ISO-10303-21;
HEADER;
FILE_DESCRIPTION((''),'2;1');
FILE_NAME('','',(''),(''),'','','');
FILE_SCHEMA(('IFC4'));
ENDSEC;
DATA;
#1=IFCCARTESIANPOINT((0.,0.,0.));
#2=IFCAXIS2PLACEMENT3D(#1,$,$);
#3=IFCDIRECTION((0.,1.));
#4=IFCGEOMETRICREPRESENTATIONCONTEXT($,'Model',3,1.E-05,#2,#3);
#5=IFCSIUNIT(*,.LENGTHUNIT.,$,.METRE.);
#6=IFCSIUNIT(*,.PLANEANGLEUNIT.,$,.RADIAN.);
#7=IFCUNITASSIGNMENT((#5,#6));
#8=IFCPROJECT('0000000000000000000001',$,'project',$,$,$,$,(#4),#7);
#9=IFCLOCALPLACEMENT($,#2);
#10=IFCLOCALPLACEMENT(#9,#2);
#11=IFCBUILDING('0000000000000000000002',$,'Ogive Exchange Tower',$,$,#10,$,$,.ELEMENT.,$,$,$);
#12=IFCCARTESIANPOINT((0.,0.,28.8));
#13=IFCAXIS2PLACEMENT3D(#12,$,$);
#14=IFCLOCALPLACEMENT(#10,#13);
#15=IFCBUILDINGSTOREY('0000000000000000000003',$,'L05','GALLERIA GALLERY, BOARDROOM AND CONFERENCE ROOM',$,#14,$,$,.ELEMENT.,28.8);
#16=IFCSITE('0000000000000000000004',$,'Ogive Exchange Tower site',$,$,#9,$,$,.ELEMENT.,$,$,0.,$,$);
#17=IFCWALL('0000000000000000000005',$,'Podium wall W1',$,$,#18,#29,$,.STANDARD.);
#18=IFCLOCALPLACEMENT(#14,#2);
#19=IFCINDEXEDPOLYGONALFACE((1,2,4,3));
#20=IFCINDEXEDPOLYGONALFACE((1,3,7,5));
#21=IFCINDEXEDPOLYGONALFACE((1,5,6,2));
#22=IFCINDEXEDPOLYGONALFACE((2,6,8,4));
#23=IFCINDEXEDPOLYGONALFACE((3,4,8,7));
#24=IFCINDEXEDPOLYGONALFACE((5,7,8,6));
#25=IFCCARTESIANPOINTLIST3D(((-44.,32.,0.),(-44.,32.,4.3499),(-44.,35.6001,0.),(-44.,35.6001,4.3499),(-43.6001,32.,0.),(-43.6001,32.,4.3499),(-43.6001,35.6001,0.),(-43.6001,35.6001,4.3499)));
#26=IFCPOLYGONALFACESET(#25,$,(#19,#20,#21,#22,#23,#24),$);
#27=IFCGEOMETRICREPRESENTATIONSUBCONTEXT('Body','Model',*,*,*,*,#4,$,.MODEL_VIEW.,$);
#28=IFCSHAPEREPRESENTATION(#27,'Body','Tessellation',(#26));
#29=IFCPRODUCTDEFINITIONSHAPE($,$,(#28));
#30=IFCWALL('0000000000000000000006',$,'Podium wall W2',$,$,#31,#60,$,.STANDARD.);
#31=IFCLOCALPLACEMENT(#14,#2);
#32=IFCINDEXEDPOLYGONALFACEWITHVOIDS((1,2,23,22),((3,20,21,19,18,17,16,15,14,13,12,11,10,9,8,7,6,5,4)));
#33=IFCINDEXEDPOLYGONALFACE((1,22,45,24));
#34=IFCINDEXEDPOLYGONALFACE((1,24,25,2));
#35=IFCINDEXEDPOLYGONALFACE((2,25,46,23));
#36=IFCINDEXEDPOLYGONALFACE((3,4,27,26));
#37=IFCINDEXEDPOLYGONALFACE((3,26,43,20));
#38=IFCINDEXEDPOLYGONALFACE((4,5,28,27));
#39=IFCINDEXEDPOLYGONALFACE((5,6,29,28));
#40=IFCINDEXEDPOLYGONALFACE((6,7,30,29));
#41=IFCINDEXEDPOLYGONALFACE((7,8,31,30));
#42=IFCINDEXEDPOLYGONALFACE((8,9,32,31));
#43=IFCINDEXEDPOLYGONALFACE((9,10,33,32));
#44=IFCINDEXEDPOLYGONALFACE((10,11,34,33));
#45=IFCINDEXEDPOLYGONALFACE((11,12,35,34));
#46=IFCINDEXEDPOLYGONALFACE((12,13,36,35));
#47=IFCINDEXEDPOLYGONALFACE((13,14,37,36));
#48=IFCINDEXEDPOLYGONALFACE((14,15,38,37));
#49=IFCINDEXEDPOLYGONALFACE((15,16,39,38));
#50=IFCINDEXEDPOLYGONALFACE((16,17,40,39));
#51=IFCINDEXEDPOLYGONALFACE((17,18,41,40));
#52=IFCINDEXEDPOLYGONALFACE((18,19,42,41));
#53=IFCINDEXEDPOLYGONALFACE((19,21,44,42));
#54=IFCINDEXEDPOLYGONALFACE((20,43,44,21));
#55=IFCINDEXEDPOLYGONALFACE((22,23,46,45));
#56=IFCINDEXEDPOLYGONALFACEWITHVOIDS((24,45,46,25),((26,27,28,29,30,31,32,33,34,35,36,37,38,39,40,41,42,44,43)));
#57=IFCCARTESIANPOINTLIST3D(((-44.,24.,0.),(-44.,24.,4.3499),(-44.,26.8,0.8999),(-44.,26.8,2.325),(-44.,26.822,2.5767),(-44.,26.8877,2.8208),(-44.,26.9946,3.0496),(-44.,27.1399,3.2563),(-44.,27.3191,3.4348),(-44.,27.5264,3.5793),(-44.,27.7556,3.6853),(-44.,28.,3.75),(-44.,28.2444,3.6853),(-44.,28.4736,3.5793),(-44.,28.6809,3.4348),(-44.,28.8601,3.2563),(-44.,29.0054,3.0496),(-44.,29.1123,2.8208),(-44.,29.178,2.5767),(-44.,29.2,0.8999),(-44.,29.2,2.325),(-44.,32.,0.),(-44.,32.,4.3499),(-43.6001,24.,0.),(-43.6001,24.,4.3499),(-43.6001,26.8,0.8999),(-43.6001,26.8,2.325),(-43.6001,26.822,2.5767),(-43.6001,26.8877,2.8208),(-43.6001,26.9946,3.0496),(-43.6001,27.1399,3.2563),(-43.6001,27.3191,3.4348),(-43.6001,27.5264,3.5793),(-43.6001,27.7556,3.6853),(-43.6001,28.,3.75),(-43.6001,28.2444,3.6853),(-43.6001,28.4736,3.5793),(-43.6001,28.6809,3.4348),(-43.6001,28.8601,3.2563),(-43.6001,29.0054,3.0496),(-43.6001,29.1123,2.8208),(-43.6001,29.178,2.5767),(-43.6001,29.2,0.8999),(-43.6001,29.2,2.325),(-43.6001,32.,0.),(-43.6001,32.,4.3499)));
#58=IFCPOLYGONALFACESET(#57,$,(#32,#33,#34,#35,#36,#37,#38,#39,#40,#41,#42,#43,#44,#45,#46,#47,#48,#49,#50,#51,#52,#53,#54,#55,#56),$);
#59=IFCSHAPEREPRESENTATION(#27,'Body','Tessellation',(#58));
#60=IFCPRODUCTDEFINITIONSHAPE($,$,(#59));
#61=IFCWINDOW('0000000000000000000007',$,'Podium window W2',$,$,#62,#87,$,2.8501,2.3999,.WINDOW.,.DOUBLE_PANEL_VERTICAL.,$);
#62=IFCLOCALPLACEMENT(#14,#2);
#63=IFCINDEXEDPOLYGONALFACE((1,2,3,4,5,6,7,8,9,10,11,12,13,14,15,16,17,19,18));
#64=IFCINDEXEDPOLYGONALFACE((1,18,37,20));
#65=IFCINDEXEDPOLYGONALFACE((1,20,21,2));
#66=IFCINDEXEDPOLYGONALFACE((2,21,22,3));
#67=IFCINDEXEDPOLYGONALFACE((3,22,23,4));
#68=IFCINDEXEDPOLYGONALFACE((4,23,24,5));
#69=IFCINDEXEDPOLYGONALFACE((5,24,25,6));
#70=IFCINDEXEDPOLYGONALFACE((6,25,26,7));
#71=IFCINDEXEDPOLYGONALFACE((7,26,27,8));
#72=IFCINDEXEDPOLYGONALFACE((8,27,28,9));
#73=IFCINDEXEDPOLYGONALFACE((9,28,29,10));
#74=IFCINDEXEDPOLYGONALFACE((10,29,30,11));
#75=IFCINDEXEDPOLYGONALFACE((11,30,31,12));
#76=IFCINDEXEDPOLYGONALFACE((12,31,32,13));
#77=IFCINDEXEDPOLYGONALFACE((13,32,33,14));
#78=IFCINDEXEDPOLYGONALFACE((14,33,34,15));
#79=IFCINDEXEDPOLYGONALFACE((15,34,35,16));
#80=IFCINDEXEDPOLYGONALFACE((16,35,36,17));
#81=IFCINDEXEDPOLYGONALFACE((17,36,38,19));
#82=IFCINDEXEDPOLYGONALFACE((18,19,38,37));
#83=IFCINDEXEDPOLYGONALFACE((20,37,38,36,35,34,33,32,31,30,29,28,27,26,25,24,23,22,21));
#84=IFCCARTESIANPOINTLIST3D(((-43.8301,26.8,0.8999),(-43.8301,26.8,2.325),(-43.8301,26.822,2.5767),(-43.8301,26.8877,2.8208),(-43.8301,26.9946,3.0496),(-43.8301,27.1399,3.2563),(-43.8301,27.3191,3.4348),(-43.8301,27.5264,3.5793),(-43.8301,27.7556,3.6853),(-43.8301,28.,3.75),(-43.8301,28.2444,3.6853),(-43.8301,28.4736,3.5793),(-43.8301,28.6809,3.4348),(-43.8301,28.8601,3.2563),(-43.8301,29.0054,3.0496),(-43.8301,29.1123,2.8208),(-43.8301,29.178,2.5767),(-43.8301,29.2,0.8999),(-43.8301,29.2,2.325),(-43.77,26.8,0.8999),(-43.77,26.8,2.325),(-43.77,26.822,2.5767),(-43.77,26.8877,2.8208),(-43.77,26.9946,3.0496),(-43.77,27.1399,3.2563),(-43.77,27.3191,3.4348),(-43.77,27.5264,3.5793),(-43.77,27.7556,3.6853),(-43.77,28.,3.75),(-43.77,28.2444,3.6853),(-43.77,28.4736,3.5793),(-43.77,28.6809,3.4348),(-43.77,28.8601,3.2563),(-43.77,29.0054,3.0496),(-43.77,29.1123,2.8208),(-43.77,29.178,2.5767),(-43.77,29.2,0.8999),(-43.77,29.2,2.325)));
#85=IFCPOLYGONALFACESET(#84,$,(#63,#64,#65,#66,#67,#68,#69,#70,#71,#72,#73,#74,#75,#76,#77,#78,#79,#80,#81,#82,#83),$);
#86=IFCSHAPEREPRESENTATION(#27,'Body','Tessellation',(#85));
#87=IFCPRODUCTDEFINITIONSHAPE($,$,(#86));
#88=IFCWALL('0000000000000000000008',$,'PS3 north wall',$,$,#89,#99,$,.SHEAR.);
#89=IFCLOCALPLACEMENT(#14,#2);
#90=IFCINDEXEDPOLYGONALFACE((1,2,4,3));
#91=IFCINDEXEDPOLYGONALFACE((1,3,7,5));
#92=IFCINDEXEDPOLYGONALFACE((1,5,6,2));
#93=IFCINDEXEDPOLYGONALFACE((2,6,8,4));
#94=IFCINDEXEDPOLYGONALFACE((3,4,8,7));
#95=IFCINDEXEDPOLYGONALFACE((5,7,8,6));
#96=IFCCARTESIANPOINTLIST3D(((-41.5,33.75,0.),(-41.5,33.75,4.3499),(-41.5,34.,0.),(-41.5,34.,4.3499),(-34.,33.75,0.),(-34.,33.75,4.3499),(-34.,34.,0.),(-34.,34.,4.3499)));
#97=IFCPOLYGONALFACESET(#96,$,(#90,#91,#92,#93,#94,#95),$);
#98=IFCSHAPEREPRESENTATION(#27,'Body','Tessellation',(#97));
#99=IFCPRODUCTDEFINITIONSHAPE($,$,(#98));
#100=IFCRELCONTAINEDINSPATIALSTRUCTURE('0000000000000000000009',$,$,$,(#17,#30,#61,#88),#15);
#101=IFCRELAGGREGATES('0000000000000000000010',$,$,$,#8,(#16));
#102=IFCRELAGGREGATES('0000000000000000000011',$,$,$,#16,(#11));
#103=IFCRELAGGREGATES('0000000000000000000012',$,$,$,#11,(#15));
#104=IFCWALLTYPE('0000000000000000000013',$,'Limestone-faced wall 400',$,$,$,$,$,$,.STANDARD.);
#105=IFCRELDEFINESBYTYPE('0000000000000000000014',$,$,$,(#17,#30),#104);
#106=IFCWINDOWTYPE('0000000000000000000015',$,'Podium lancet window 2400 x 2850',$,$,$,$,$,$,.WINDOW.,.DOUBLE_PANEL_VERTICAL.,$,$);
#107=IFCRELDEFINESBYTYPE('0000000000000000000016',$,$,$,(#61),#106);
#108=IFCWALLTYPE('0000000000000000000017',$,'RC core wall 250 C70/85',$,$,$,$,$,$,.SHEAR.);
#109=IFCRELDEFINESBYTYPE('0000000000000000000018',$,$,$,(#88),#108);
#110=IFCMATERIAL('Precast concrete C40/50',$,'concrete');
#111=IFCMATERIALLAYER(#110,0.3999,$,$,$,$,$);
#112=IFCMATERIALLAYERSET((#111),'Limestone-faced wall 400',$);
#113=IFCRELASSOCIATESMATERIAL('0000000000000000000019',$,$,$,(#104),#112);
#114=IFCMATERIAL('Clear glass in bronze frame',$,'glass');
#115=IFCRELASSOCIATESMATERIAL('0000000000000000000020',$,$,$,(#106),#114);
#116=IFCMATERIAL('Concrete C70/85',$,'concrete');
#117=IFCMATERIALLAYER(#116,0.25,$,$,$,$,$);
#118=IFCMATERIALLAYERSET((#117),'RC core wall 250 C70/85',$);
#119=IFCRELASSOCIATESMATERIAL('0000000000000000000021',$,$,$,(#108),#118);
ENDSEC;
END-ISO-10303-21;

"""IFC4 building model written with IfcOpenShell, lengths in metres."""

from ifc_helpers import new_model, si_unit, direction, frame, frame_2d, origin, place, context, subcontext, project, spatial, polyline, rectangle, outline, extrude, material, layer, layer_set, type_object, element, fill, save


model = new_model("IFC4")

# Units and contexts
model_context = context("Model", 3, precision=1e-05, world=origin(), true_north=direction((0.0, 1.0)))
body_context = subcontext(model_context, "Body", "Model", "MODEL_VIEW")
ifc_project = project(units=[si_unit("LENGTHUNIT", "METRE"), si_unit("PLANEANGLEUNIT", "RADIAN")], contexts=[model_context])

# Site, building, storey
site_placement = place(None, origin())
site = spatial("IfcSite", under=ifc_project, at=site_placement, Name="Ogive Exchange Tower site", CompositionType="ELEMENT", RefElevation=0.0)
building_placement = place(site_placement, origin())
building = spatial("IfcBuilding", under=site, at=building_placement, Name="Ogive Exchange Tower", CompositionType="ELEMENT")
storey_placement = place(building_placement, frame((0.0, 0.0, 28.8)))
storey = spatial("IfcBuildingStorey", under=building, at=storey_placement, Name="L05", Description="GALLERIA GALLERY, BOARDROOM AND CONFERENCE ROOM", CompositionType="ELEMENT", Elevation=28.8)

# Shared definitions
ifc_material_1 = material(Name="Concrete C70/85", Category="concrete")

# Shared definitions
ifc_material_2 = material(Name="Precast concrete C40/50", Category="concrete")
ifc_layer_1 = layer(ifc_material_2, 0.3999)
ifc_layer_set_1 = layer_set([ifc_layer_1], Name="Limestone-faced wall 400")
wall_type_1 = type_object("IfcWallType", Name="Limestone-faced wall 400", PredefinedType="STANDARD", material=ifc_layer_set_1)
ifc_material_3 = material(Name="Clear glass in bronze frame", Category="glass")

# Wall
wall_1_placement = place(storey_placement, frame((-43.8, 35.6001, 0.0), z_axis=(0.0, 0.0, 1.0), x_axis=(0.0, -1.0, 0.0)))
element("IfcWall", 1, at=wall_1_placement, inside=storey, type_object=wall_type_1, Name="Podium wall W1", PredefinedType="STANDARD", context=body_context, shape_type="SweptSolid", body=[
    extrude(rectangle(XDim=3.6001, YDim=0.3999, at=frame_2d((1.8, 0.0))), origin(), (0.0, 0.0, 1.0), 4.3499),
])

# Wall, opening, window
wall_2_placement = place(storey_placement, frame((-43.8, 32.0, 0.0), z_axis=(0.0, 0.0, 1.0), x_axis=(0.0, -1.0, 0.0)))
wall_2 = element("IfcWall", 2, at=wall_2_placement, inside=storey, type_object=wall_type_1, Name="Podium wall W2", PredefinedType="STANDARD", context=body_context, shape_type="SweptSolid", body=[
    extrude(rectangle(XDim=8.0, YDim=0.3999, at=frame_2d((4.0, 0.0))), origin(), (0.0, 0.0, 1.0), 4.3499),
])
opening_1_placement = place(wall_2_placement, frame((2.8, 0.0, 0.8999)))
opening_1 = element("IfcOpeningElement", 3, at=opening_1_placement, cuts=wall_2, PredefinedType="OPENING", context=body_context, shape_type="SweptSolid", body=[
    extrude(outline(polyline([(0.0, 0.0), (2.3999, 0.0), (2.3999, 1.425), (2.3779, 1.6768), (2.3123, 1.9209), (2.2053, 2.1497), (2.0601, 2.3564), (1.8809, 2.5349), (1.6736, 2.6794), (1.4443, 2.7854), (1.2, 2.8501), (0.9556, 2.7854), (0.7263, 2.6794), (0.519, 2.5349), (0.3398, 2.3564), (0.1946, 2.1497), (0.0876, 1.9209), (0.022, 1.6768), (0.0, 1.425), (0.0, 0.0)])), frame((0.0, 0.21, 0.0), z_axis=(0.0, -1.0, 0.0), x_axis=(1.0, 0.0, 0.0)), (0.0, 0.0, 1.0), 0.4199),
])
window_type_1 = type_object("IfcWindowType", Name="Podium lancet window 2400 x 2850", PartitioningType="DOUBLE_PANEL_VERTICAL", PredefinedType="WINDOW", material=ifc_material_3)
window_1_placement = place(opening_1_placement, origin())
window_1 = element("IfcWindow", 4, at=window_1_placement, inside=storey, type_object=window_type_1, Name="Podium window W2", OverallHeight=2.8501, OverallWidth=2.3999, PartitioningType="DOUBLE_PANEL_VERTICAL", PredefinedType="WINDOW", context=body_context, shape_type="SweptSolid", body=[
    extrude(outline(polyline([(0.0, 0.0), (2.3999, 0.0), (2.3999, 1.425), (2.3779, 1.6768), (2.3123, 1.9209), (2.2053, 2.1497), (2.0601, 2.3564), (1.8809, 2.5349), (1.6736, 2.6794), (1.4443, 2.7854), (1.2, 2.8501), (0.9556, 2.7854), (0.7263, 2.6794), (0.519, 2.5349), (0.3398, 2.3564), (0.1946, 2.1497), (0.0876, 1.9209), (0.022, 1.6768), (0.0, 1.425), (0.0, 0.0)])), frame((0.0, 0.03, 0.0), z_axis=(0.0, -1.0, 0.0), x_axis=(1.0, 0.0, 0.0)), (0.0, 0.0, 1.0), 0.0601),
])
fill(opening_1, window_1)

# Wall
ifc_layer_2 = layer(ifc_material_1, 0.25)
ifc_layer_set_2 = layer_set([ifc_layer_2], Name="RC core wall 250 C70/85")
wall_type_2 = type_object("IfcWallType", Name="RC core wall 250 C70/85", PredefinedType="SHEAR", material=ifc_layer_set_2)
wall_3_placement = place(storey_placement, frame((-41.5, 33.875, 0.0), z_axis=(0.0, 0.0, 1.0), x_axis=(1.0, 0.0, 0.0)))
element("IfcWall", 5, at=wall_3_placement, inside=storey, type_object=wall_type_2, Name="PS3 north wall", PredefinedType="SHEAR", context=body_context, shape_type="SweptSolid", body=[
    extrude(rectangle(XDim=7.5, YDim=0.25, at=frame_2d((3.75, 0.0))), origin(), (0.0, 0.0, 1.0), 4.3499),
])

save(model, "model.ifc")
